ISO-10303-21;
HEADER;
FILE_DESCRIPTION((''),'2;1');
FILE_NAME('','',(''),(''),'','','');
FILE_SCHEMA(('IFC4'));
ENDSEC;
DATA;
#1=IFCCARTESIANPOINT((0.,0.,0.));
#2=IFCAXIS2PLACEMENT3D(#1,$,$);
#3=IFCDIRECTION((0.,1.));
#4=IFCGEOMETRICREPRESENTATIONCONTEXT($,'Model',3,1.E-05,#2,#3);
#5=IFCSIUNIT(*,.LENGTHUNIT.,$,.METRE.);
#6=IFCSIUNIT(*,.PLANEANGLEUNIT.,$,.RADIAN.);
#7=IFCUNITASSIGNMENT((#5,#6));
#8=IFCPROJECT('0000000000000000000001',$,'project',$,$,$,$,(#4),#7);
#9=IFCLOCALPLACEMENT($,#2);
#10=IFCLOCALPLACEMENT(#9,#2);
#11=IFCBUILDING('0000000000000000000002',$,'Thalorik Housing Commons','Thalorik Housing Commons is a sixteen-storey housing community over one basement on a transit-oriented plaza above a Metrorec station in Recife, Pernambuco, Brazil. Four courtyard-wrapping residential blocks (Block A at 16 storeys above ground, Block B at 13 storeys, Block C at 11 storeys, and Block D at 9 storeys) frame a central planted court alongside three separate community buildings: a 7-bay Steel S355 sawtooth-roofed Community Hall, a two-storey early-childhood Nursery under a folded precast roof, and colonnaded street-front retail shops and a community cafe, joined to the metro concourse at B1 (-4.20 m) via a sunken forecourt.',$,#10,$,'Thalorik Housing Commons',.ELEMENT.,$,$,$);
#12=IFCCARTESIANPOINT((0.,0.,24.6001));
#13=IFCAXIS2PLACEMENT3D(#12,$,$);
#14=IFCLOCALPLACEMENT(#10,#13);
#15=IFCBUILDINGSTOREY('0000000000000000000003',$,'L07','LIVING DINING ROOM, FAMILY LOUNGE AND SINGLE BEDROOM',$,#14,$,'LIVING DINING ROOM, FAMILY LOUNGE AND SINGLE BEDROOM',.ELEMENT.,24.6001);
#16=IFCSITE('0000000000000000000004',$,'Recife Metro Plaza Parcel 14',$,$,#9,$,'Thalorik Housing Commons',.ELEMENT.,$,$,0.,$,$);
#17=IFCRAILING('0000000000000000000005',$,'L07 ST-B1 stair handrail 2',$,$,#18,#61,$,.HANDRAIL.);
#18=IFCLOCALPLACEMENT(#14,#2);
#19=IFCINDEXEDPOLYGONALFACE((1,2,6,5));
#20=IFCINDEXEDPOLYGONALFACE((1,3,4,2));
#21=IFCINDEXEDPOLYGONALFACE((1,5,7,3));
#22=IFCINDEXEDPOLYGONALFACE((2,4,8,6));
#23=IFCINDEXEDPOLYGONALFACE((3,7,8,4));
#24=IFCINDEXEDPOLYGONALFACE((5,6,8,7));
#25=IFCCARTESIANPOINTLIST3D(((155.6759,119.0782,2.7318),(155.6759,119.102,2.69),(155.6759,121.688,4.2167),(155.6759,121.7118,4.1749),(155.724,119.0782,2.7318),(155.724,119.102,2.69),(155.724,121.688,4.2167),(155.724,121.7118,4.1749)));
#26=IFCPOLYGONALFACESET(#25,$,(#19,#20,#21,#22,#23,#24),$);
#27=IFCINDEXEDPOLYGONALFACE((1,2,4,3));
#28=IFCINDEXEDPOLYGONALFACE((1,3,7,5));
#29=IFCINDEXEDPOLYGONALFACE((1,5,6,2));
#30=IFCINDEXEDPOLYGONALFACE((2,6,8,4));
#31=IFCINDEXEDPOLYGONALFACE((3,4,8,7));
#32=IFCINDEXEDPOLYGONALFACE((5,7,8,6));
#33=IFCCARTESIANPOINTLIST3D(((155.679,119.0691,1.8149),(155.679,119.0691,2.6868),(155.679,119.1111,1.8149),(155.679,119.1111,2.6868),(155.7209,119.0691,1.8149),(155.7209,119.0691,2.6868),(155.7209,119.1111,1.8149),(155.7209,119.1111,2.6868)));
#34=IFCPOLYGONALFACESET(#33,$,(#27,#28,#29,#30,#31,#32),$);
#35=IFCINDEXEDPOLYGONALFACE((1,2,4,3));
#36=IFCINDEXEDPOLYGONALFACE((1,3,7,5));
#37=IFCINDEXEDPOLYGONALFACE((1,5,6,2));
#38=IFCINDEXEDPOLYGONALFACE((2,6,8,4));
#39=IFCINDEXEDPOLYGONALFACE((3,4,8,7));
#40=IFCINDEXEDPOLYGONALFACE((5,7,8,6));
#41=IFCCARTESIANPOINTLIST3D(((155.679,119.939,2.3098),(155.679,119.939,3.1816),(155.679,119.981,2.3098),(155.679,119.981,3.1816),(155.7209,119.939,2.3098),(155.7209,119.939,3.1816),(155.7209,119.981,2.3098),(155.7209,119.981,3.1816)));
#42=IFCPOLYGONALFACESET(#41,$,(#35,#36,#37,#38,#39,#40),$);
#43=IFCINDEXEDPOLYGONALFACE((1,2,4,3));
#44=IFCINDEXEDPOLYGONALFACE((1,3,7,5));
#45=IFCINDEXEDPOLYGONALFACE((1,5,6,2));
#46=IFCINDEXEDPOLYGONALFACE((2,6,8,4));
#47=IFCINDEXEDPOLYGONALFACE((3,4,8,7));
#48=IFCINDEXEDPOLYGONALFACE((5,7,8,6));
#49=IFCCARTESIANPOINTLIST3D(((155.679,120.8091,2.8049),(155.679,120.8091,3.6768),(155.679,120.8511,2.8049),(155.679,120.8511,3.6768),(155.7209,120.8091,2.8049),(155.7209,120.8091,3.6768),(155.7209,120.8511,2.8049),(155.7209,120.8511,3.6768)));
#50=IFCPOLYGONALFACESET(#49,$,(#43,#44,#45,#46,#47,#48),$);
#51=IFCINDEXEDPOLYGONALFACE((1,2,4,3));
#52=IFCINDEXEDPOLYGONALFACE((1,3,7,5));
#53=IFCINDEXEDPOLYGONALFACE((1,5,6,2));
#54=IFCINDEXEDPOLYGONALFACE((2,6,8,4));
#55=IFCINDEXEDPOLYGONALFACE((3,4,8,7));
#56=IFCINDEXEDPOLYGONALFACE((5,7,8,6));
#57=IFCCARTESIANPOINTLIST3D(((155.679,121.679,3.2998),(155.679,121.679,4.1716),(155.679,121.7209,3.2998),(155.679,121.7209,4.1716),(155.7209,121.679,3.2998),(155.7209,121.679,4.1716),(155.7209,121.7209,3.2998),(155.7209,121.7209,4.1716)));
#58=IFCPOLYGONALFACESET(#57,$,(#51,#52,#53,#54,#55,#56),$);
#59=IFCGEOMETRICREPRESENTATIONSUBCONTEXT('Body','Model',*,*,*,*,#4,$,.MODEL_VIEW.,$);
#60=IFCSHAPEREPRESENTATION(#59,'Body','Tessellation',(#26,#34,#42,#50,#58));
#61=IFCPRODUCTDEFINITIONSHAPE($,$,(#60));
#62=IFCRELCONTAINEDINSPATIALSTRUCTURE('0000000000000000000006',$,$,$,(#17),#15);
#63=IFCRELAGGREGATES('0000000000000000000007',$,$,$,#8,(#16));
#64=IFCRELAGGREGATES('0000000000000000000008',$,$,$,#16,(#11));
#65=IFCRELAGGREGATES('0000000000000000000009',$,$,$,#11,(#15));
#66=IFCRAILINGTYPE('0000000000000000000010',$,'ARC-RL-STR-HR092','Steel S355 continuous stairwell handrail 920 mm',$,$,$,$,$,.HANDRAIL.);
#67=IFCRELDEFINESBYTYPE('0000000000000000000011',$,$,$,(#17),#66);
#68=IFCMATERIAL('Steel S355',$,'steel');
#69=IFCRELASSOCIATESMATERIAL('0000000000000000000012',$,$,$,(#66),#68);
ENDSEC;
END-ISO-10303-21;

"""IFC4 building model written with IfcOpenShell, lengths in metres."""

from ifc_helpers import new_model, si_unit, direction, frame, origin, origin_2d, place, context, subcontext, project, spatial, rectangle, extrude, material, type_object, element, save


model = new_model("IFC4")

# Units and contexts
model_context = context("Model", 3, precision=1e-05, world=origin(), true_north=direction((0.0, 1.0)))
body_context = subcontext(model_context, "Body", "Model", "MODEL_VIEW")
ifc_project = project(units=[si_unit("LENGTHUNIT", "METRE"), si_unit("PLANEANGLEUNIT", "RADIAN")], contexts=[model_context])

# Site, building, storey
site_placement = place(None, origin())
site = spatial("IfcSite", under=ifc_project, at=site_placement, Name="Recife Metro Plaza Parcel 14", LongName="Thalorik Housing Commons", CompositionType="ELEMENT", RefElevation=0.0)
building_placement = place(site_placement, origin())
building = spatial("IfcBuilding", under=site, at=building_placement, Name="Thalorik Housing Commons", Description="Thalorik Housing Commons is a sixteen-storey housing community over one basement on a transit-oriented plaza above a Metrorec station in Recife, Pernambuco, Brazil. Four courtyard-wrapping residential blocks (Block A at 16 storeys above ground, Block B at 13 storeys, Block C at 11 storeys, and Block D at 9 storeys) frame a central planted court alongside three separate community buildings: a 7-bay Steel S355 sawtooth-roofed Community Hall, a two-storey early-childhood Nursery under a folded precast roof, and colonnaded street-front retail shops and a community cafe, joined to the metro concourse at B1 (-4.20 m) via a sunken forecourt.", LongName="Thalorik Housing Commons", CompositionType="ELEMENT")
storey_placement = place(building_placement, frame((0.0, 0.0, 24.6001)))
storey = spatial("IfcBuildingStorey", under=building, at=storey_placement, Name="L07", Description="LIVING DINING ROOM, FAMILY LOUNGE AND SINGLE BEDROOM", LongName="LIVING DINING ROOM, FAMILY LOUNGE AND SINGLE BEDROOM", CompositionType="ELEMENT", Elevation=24.6001)

# Shared definitions
ifc_material_1 = material(Name="Steel S355", Category="steel")

# Railing
railing_type_1 = type_object("IfcRailingType", Name="ARC-RL-STR-HR092", Description="Steel S355 continuous stairwell handrail 920 mm", PredefinedType="HANDRAIL", material=ifc_material_1)
railing_1_placement = place(storey_placement, frame((155.7, 119.0901, 1.8149)))
element("IfcRailing", 1, at=railing_1_placement, inside=storey, type_object=railing_type_1, Name="L07 ST-B1 stair handrail 2", PredefinedType="HANDRAIL", context=body_context, shape_type="SweptSolid", body=[
    extrude(rectangle(XDim=0.0481, YDim=0.0481, at=origin_2d()), frame((0.0, 0.0, 0.896), z_axis=(0.0, 0.869172, 0.494509), x_axis=(-1.0, 0.0, 0.0)), (0.0, 0.0, 1.0), 3.0027),
    extrude(rectangle(XDim=0.042, YDim=0.042, at=origin_2d()), origin(), (0.0, 0.0, 1.0), 0.8718),
    extrude(rectangle(XDim=0.042, YDim=0.042, at=origin_2d()), frame((0.0, 0.8699, 0.4949)), (0.0, 0.0, 1.0), 0.8718),
    extrude(rectangle(XDim=0.042, YDim=0.042, at=origin_2d()), frame((0.0, 1.74, 0.99)), (0.0, 0.0, 1.0), 0.8718),
    extrude(rectangle(XDim=0.042, YDim=0.042, at=origin_2d()), frame((0.0, 2.6099, 1.4849)), (0.0, 0.0, 1.0), 0.8718),
])

save(model, "model.ifc")
